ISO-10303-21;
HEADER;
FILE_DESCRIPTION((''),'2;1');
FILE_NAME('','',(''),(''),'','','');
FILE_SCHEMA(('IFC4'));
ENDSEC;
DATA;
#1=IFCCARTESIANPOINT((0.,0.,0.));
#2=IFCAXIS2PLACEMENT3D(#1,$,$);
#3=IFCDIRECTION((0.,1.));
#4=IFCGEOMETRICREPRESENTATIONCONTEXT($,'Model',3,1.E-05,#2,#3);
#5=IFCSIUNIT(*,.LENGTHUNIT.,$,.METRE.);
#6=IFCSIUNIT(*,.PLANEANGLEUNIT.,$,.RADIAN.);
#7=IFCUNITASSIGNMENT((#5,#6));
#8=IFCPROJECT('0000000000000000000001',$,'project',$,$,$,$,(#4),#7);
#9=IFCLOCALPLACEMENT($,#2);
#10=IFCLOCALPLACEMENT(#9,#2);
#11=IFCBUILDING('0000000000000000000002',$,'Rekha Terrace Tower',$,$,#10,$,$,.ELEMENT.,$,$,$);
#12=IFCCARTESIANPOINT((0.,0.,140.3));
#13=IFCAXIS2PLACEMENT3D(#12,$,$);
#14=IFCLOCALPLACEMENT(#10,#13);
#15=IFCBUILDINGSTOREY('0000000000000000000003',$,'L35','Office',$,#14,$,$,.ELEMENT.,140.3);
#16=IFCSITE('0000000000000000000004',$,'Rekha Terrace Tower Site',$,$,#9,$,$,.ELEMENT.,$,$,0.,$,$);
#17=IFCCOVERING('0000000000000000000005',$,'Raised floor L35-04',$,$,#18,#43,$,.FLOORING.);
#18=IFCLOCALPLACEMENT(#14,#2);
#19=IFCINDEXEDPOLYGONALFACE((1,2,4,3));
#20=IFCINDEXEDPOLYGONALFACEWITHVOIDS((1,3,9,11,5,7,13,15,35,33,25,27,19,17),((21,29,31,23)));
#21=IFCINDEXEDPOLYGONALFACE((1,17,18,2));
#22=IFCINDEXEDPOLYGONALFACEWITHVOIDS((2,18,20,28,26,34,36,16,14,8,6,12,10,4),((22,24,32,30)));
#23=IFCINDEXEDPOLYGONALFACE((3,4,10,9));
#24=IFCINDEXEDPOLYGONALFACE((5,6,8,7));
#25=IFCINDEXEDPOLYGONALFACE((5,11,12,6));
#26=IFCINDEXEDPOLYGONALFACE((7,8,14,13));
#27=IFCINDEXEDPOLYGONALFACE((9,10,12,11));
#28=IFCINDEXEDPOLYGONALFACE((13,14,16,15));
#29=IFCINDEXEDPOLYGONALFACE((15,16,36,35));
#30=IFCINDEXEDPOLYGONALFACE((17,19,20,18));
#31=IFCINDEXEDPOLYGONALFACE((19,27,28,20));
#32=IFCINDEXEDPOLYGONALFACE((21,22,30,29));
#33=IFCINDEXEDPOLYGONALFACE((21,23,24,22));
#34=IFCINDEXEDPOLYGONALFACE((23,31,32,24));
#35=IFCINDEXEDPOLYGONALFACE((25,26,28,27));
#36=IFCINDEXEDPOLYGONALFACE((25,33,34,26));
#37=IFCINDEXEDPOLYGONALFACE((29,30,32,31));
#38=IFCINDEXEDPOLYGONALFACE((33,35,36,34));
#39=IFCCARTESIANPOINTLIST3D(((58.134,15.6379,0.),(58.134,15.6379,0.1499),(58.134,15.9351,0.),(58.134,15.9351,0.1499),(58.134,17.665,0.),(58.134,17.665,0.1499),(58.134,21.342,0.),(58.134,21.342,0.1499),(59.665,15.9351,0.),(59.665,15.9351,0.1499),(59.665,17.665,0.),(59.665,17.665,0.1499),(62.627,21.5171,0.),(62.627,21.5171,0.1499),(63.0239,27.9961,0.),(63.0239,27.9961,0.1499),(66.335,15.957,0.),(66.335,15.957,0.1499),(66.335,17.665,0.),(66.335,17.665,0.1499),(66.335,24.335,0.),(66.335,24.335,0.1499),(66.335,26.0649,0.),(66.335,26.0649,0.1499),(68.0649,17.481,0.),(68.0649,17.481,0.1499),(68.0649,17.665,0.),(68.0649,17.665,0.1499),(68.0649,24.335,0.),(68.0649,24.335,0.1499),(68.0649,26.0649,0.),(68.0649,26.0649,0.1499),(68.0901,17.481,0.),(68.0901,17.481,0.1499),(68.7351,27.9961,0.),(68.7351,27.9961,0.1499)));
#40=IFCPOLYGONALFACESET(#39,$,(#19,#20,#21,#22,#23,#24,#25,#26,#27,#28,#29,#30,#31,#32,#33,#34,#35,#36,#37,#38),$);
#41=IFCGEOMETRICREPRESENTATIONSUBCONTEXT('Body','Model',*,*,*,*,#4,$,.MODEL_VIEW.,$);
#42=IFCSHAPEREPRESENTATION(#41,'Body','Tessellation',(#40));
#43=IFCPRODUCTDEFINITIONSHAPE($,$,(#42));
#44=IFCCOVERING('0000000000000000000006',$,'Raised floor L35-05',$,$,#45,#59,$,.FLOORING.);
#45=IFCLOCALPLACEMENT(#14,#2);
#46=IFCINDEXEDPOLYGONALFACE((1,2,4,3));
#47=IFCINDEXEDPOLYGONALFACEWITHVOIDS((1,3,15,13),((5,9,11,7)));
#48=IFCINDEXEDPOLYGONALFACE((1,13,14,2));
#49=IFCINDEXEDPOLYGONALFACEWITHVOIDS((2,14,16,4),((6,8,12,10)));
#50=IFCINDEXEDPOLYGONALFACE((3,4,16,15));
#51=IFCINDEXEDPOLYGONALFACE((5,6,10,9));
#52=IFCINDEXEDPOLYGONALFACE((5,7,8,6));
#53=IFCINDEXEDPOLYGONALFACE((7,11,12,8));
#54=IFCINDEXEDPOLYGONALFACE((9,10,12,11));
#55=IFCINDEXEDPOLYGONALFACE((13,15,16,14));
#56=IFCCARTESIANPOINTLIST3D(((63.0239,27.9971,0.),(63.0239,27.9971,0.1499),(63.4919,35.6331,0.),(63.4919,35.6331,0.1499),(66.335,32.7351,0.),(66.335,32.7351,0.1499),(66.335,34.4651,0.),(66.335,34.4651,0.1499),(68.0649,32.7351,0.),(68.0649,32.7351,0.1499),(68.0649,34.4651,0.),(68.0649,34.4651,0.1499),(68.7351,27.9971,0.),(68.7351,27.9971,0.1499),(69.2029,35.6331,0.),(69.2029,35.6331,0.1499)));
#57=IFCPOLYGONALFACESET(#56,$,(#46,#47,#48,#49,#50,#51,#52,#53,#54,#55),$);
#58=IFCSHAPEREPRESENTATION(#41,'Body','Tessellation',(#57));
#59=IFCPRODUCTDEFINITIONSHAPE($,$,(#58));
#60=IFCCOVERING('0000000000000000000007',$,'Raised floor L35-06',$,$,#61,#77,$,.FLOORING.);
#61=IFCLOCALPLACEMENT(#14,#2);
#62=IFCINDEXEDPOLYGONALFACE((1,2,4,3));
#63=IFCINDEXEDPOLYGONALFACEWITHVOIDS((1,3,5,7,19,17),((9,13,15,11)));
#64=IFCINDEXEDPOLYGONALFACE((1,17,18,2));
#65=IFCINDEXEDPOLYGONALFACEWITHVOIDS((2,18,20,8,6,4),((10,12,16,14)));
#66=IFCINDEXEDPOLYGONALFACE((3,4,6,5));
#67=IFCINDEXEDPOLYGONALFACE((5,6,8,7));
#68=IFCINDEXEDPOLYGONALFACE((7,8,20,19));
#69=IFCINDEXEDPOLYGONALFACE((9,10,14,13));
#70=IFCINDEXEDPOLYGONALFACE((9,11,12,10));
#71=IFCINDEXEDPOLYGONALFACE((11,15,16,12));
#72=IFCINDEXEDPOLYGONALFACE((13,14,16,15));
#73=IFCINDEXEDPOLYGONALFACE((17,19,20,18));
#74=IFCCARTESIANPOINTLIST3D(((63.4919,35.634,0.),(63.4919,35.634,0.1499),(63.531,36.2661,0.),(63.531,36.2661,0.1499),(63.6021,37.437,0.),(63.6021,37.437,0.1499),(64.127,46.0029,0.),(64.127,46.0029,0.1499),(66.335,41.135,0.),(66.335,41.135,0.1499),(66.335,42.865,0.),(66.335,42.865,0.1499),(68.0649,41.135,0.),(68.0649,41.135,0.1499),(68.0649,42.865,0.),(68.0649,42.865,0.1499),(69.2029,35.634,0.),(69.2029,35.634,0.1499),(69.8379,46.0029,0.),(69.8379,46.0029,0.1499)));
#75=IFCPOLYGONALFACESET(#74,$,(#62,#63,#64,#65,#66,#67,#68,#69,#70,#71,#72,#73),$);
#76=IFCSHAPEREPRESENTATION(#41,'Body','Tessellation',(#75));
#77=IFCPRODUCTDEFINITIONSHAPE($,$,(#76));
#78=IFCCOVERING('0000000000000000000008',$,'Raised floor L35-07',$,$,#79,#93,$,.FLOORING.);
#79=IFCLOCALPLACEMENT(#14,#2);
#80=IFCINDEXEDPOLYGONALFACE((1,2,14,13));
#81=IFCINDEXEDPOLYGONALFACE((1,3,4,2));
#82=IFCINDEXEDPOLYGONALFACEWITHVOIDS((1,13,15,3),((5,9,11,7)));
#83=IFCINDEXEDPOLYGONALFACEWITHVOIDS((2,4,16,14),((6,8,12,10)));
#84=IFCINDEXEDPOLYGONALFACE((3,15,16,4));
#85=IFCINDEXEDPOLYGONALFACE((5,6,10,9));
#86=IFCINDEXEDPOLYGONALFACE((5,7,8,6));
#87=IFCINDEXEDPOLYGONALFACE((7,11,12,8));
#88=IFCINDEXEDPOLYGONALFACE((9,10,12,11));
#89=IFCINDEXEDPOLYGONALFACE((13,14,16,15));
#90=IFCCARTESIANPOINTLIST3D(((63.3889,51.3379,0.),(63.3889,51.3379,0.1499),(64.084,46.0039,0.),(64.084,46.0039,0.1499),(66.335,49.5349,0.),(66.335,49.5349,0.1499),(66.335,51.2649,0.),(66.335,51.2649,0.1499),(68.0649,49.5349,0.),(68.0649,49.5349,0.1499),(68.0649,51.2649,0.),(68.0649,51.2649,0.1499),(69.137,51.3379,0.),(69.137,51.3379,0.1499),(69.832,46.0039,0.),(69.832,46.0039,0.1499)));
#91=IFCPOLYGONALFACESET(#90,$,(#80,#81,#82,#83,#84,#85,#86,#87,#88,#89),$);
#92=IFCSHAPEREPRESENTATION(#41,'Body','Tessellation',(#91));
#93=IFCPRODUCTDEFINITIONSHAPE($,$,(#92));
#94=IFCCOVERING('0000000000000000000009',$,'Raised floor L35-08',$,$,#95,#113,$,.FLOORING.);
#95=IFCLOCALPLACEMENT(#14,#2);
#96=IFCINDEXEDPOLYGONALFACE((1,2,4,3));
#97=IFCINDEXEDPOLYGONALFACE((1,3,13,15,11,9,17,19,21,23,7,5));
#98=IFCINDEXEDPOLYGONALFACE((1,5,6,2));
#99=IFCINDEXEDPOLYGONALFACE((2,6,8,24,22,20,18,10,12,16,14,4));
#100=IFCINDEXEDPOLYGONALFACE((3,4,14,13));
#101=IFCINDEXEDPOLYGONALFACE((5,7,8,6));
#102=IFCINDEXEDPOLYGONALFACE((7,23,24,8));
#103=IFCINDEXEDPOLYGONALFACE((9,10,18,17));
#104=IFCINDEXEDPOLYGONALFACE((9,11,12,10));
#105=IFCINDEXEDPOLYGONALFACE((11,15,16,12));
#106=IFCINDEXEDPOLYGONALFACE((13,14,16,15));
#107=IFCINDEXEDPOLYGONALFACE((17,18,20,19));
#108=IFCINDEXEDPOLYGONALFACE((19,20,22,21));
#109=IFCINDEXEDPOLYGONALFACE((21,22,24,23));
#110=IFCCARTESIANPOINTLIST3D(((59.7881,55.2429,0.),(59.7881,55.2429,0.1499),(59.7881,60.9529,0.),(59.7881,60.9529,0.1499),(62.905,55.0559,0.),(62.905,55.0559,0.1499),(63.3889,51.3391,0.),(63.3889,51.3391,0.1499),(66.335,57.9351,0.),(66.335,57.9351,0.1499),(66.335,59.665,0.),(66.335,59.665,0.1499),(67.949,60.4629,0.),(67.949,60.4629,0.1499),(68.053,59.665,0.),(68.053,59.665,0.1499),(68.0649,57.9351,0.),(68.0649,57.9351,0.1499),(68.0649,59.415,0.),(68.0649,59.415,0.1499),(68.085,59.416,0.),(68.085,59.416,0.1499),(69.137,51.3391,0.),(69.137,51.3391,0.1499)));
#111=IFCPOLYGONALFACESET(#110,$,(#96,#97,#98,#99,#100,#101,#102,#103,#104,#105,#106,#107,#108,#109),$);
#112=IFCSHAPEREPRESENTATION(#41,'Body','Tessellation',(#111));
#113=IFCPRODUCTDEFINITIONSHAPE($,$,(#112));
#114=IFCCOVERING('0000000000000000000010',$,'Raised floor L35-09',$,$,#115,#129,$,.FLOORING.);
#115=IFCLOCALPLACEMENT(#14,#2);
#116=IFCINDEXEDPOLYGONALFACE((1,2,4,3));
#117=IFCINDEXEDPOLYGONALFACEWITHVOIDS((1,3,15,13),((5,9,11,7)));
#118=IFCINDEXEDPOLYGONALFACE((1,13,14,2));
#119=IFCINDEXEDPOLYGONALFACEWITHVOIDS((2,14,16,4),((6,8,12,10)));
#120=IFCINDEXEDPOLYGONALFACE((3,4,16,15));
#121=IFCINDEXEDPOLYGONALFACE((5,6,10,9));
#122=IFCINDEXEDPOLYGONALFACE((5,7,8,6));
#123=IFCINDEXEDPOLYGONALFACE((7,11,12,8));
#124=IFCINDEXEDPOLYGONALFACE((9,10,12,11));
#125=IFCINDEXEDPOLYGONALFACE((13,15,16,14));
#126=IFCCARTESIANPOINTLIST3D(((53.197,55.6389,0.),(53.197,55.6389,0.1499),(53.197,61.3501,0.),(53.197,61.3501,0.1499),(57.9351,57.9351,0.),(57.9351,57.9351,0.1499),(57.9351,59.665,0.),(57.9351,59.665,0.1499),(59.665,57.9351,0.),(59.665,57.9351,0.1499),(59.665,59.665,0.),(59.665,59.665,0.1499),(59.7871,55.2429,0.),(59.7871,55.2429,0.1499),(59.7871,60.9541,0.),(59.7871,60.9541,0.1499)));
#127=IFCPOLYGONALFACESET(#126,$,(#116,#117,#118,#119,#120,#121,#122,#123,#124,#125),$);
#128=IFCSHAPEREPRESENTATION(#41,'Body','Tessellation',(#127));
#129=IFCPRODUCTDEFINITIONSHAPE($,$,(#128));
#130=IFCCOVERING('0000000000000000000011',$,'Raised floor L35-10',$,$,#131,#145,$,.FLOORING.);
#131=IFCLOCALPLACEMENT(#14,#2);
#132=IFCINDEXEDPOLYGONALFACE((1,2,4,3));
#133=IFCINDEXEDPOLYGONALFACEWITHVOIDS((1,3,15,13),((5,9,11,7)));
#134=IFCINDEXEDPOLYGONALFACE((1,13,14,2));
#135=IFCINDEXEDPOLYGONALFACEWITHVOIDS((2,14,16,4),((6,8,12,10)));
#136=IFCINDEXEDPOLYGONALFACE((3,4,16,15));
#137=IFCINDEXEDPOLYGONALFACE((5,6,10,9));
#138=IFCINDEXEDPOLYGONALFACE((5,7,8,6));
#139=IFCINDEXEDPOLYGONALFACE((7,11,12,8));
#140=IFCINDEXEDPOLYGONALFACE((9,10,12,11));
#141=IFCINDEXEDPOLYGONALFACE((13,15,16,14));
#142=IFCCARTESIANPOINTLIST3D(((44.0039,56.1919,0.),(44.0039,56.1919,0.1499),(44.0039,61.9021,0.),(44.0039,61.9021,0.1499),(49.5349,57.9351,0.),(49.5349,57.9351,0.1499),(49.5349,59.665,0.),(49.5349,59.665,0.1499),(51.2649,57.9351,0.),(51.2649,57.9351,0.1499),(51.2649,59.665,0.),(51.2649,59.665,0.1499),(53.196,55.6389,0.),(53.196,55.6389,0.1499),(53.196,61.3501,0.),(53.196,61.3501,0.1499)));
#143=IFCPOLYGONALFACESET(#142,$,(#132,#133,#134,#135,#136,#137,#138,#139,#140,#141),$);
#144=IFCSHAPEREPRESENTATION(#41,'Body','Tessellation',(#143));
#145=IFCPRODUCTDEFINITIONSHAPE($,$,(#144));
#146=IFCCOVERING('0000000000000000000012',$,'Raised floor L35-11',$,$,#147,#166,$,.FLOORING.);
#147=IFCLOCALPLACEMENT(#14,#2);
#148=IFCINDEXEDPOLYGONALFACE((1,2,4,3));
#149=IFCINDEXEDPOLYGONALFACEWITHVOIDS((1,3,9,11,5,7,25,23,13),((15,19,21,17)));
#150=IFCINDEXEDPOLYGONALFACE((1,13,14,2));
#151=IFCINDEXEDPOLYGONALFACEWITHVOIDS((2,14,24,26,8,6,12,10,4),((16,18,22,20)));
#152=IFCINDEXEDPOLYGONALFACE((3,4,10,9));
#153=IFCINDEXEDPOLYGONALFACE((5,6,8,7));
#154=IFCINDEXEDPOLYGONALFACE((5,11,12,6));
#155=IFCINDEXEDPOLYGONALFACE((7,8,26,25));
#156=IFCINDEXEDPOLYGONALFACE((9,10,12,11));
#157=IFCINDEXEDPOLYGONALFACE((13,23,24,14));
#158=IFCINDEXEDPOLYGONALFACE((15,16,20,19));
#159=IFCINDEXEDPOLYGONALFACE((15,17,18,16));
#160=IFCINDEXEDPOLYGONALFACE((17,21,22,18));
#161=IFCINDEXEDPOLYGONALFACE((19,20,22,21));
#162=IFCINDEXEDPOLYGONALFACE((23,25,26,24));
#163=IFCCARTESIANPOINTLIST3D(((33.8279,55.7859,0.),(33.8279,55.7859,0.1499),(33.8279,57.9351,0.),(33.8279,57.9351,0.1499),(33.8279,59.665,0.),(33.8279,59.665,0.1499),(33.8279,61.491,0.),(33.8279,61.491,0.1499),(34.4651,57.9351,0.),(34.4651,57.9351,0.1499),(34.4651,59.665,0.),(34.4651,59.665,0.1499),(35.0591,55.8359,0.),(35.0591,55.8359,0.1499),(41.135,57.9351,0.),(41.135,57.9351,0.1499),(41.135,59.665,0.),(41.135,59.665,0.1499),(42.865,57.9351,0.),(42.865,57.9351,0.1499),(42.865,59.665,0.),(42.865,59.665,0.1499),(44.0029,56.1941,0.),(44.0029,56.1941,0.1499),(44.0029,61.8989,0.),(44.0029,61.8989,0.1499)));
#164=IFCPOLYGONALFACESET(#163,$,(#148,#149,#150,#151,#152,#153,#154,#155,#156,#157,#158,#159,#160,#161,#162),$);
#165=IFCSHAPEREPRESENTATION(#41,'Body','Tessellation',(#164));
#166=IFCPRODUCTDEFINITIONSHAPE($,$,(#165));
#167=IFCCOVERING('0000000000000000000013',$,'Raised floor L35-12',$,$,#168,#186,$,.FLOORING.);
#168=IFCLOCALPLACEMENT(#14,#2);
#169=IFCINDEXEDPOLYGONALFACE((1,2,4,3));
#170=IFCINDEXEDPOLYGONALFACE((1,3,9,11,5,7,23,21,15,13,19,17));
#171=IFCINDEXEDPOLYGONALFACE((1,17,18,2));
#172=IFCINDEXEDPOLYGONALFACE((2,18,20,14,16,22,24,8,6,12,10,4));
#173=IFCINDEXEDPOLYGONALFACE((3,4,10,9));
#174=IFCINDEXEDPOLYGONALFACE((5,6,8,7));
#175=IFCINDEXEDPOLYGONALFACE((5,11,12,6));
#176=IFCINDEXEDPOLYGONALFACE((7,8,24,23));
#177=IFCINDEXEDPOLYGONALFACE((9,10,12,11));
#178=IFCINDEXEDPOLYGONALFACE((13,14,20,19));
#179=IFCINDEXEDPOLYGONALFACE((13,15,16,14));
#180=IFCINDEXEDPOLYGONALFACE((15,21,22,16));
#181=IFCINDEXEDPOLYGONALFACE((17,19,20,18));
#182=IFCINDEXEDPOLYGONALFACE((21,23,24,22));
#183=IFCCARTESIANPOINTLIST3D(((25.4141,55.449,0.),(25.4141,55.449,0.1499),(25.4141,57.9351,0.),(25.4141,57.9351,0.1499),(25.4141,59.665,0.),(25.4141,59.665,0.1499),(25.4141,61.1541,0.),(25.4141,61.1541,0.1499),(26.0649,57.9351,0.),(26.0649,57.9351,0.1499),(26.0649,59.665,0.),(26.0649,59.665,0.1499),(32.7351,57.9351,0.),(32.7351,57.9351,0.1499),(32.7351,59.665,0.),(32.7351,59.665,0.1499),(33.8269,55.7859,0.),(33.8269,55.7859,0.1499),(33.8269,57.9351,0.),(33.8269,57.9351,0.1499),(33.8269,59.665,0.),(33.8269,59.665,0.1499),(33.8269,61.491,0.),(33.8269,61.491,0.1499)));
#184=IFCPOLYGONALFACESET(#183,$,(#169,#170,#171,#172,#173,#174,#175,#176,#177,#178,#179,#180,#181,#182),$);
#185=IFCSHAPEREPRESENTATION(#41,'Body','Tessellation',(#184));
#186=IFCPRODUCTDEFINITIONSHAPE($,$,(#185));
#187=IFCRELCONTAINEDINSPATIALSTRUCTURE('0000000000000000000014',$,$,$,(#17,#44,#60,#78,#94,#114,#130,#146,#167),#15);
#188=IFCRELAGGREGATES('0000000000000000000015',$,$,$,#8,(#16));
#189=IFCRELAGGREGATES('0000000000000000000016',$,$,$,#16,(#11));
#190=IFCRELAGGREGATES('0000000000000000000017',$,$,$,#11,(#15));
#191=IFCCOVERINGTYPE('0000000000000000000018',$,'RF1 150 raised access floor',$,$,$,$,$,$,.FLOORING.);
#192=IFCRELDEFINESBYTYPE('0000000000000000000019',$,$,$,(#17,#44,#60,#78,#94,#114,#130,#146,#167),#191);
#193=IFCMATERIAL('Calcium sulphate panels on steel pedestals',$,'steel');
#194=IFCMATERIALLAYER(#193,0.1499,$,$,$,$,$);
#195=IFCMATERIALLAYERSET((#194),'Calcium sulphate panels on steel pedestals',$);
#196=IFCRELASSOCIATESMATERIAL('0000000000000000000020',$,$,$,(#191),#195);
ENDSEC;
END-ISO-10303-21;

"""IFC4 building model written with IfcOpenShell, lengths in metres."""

from ifc_helpers import new_model, si_unit, direction, frame, origin, place, context, subcontext, project, spatial, polyline, outline, extrude, material, layer, layer_set, type_object, element, save


model = new_model("IFC4")

# Units and contexts
model_context = context("Model", 3, precision=1e-05, world=origin(), true_north=direction((0.0, 1.0)))
body_context = subcontext(model_context, "Body", "Model", "MODEL_VIEW")
ifc_project = project(units=[si_unit("LENGTHUNIT", "METRE"), si_unit("PLANEANGLEUNIT", "RADIAN")], contexts=[model_context])

# Site, building, storey
site_placement = place(None, origin())
site = spatial("IfcSite", under=ifc_project, at=site_placement, Name="Rekha Terrace Tower Site", CompositionType="ELEMENT", RefElevation=0.0)
building_placement = place(site_placement, origin())
building = spatial("IfcBuilding", under=site, at=building_placement, Name="Rekha Terrace Tower", CompositionType="ELEMENT")
storey_placement = place(building_placement, frame((0.0, 0.0, 140.3)))
storey = spatial("IfcBuildingStorey", under=building, at=storey_placement, Name="L35", Description="Office", CompositionType="ELEMENT", Elevation=140.3)

# Coverings
ifc_material_1 = material(Name="Calcium sulphate panels on steel pedestals", Category="steel")
ifc_layer_1 = layer(ifc_material_1, 0.1499)
ifc_layer_set_1 = layer_set([ifc_layer_1], Name="Calcium sulphate panels on steel pedestals")
covering_type_1 = type_object("IfcCoveringType", Name="RF1 150 raised access floor", PredefinedType="FLOORING", material=ifc_layer_set_1)
covering_1_placement = place(storey_placement, origin())
element("IfcCovering", 1, at=covering_1_placement, inside=storey, type_object=covering_type_1, Name="Raised floor L35-04", PredefinedType="FLOORING", context=body_context, shape_type="SweptSolid", body=[
    extrude(outline(polyline([(68.0901, 17.481), (68.7351, 27.9961), (63.0239, 27.9961), (62.627, 21.5171), (58.134, 21.342), (58.134, 17.665), (59.665, 17.665), (59.665, 15.9351), (58.134, 15.9351), (58.134, 15.6379), (66.335, 15.957), (66.335, 17.665), (68.0649, 17.665), (68.0649, 17.481), (68.0901, 17.481)]), holes=[polyline([(68.0649, 24.335), (66.335, 24.335), (66.335, 26.0649), (68.0649, 26.0649), (68.0649, 24.335)])]), origin(), (0.0, 0.0, 1.0), 0.1499),
])
covering_2_placement = place(storey_placement, origin())
element("IfcCovering", 2, at=covering_2_placement, inside=storey, type_object=covering_type_1, Name="Raised floor L35-05", PredefinedType="FLOORING", context=body_context, shape_type="SweptSolid", body=[
    extrude(outline(polyline([(63.0239, 27.9971), (68.7351, 27.9971), (69.2029, 35.6331), (63.4919, 35.6331), (63.0239, 27.9971)]), holes=[polyline([(68.0649, 34.4651), (68.0649, 32.7351), (66.335, 32.7351), (66.335, 34.4651), (68.0649, 34.4651)])]), origin(), (0.0, 0.0, 1.0), 0.1499),
])
covering_3_placement = place(storey_placement, origin())
element("IfcCovering", 3, at=covering_3_placement, inside=storey, type_object=covering_type_1, Name="Raised floor L35-06", PredefinedType="FLOORING", context=body_context, shape_type="SweptSolid", body=[
    extrude(outline(polyline([(69.8379, 46.0029), (64.127, 46.0029), (63.6021, 37.437), (63.531, 36.2661), (63.4919, 35.634), (69.2029, 35.634), (69.8379, 46.0029)]), holes=[polyline([(68.0649, 41.135), (66.335, 41.135), (66.335, 42.865), (68.0649, 42.865), (68.0649, 41.135)])]), origin(), (0.0, 0.0, 1.0), 0.1499),
])
covering_4_placement = place(storey_placement, origin())
element("IfcCovering", 4, at=covering_4_placement, inside=storey, type_object=covering_type_1, Name="Raised floor L35-07", PredefinedType="FLOORING", context=body_context, shape_type="SweptSolid", body=[
    extrude(outline(polyline([(64.084, 46.0039), (69.832, 46.0039), (69.137, 51.3379), (63.3889, 51.3379), (64.084, 46.0039)]), holes=[polyline([(68.0649, 49.5349), (66.335, 49.5349), (66.335, 51.2649), (68.0649, 51.2649), (68.0649, 49.5349)])]), origin(), (0.0, 0.0, 1.0), 0.1499),
])
covering_5_placement = place(storey_placement, origin())
element("IfcCovering", 5, at=covering_5_placement, inside=storey, type_object=covering_type_1, Name="Raised floor L35-08", PredefinedType="FLOORING", context=body_context, shape_type="SweptSolid", body=[
    extrude(outline(polyline([(67.949, 60.4629), (59.7881, 60.9529), (59.7881, 55.2429), (62.905, 55.0559), (63.3889, 51.3391), (69.137, 51.3391), (68.085, 59.416), (68.0649, 59.415), (68.0649, 57.9351), (66.335, 57.9351), (66.335, 59.665), (68.053, 59.665), (67.949, 60.4629)])), origin(), (0.0, 0.0, 1.0), 0.1499),
])
covering_6_placement = place(storey_placement, origin())
element("IfcCovering", 6, at=covering_6_placement, inside=storey, type_object=covering_type_1, Name="Raised floor L35-09", PredefinedType="FLOORING", context=body_context, shape_type="SweptSolid", body=[
    extrude(outline(polyline([(59.7871, 55.2429), (59.7871, 60.9541), (53.197, 61.3501), (53.197, 55.6389), (59.7871, 55.2429)]), holes=[polyline([(59.665, 57.9351), (57.9351, 57.9351), (57.9351, 59.665), (59.665, 59.665), (59.665, 57.9351)])]), origin(), (0.0, 0.0, 1.0), 0.1499),
])
covering_7_placement = place(storey_placement, origin())
element("IfcCovering", 7, at=covering_7_placement, inside=storey, type_object=covering_type_1, Name="Raised floor L35-10", PredefinedType="FLOORING", context=body_context, shape_type="SweptSolid", body=[
    extrude(outline(polyline([(53.196, 55.6389), (53.196, 61.3501), (44.0039, 61.9021), (44.0039, 56.1919), (53.196, 55.6389)]), holes=[polyline([(51.2649, 57.9351), (49.5349, 57.9351), (49.5349, 59.665), (51.2649, 59.665), (51.2649, 57.9351)])]), origin(), (0.0, 0.0, 1.0), 0.1499),
])
covering_8_placement = place(storey_placement, origin())
element("IfcCovering", 8, at=covering_8_placement, inside=storey, type_object=covering_type_1, Name="Raised floor L35-11", PredefinedType="FLOORING", context=body_context, shape_type="SweptSolid", body=[
    extrude(outline(polyline([(33.8279, 57.9351), (33.8279, 55.7859), (35.0591, 55.8359), (44.0029, 56.1941), (44.0029, 61.8989), (33.8279, 61.491), (33.8279, 59.665), (34.4651, 59.665), (34.4651, 57.9351), (33.8279, 57.9351)]), holes=[polyline([(42.865, 57.9351), (41.135, 57.9351), (41.135, 59.665), (42.865, 59.665), (42.865, 57.9351)])]), origin(), (0.0, 0.0, 1.0), 0.1499),
])
covering_9_placement = place(storey_placement, origin())
element("IfcCovering", 9, at=covering_9_placement, inside=storey, type_object=covering_type_1, Name="Raised floor L35-12", PredefinedType="FLOORING", context=body_context, shape_type="SweptSolid", body=[
    extrude(outline(polyline([(26.0649, 57.9351), (25.4141, 57.9351), (25.4141, 55.449), (33.8269, 55.7859), (33.8269, 57.9351), (32.7351, 57.9351), (32.7351, 59.665), (33.8269, 59.665), (33.8269, 61.491), (25.4141, 61.1541), (25.4141, 59.665), (26.0649, 59.665), (26.0649, 57.9351)])), origin(), (0.0, 0.0, 1.0), 0.1499),
])

save(model, "model.ifc")
